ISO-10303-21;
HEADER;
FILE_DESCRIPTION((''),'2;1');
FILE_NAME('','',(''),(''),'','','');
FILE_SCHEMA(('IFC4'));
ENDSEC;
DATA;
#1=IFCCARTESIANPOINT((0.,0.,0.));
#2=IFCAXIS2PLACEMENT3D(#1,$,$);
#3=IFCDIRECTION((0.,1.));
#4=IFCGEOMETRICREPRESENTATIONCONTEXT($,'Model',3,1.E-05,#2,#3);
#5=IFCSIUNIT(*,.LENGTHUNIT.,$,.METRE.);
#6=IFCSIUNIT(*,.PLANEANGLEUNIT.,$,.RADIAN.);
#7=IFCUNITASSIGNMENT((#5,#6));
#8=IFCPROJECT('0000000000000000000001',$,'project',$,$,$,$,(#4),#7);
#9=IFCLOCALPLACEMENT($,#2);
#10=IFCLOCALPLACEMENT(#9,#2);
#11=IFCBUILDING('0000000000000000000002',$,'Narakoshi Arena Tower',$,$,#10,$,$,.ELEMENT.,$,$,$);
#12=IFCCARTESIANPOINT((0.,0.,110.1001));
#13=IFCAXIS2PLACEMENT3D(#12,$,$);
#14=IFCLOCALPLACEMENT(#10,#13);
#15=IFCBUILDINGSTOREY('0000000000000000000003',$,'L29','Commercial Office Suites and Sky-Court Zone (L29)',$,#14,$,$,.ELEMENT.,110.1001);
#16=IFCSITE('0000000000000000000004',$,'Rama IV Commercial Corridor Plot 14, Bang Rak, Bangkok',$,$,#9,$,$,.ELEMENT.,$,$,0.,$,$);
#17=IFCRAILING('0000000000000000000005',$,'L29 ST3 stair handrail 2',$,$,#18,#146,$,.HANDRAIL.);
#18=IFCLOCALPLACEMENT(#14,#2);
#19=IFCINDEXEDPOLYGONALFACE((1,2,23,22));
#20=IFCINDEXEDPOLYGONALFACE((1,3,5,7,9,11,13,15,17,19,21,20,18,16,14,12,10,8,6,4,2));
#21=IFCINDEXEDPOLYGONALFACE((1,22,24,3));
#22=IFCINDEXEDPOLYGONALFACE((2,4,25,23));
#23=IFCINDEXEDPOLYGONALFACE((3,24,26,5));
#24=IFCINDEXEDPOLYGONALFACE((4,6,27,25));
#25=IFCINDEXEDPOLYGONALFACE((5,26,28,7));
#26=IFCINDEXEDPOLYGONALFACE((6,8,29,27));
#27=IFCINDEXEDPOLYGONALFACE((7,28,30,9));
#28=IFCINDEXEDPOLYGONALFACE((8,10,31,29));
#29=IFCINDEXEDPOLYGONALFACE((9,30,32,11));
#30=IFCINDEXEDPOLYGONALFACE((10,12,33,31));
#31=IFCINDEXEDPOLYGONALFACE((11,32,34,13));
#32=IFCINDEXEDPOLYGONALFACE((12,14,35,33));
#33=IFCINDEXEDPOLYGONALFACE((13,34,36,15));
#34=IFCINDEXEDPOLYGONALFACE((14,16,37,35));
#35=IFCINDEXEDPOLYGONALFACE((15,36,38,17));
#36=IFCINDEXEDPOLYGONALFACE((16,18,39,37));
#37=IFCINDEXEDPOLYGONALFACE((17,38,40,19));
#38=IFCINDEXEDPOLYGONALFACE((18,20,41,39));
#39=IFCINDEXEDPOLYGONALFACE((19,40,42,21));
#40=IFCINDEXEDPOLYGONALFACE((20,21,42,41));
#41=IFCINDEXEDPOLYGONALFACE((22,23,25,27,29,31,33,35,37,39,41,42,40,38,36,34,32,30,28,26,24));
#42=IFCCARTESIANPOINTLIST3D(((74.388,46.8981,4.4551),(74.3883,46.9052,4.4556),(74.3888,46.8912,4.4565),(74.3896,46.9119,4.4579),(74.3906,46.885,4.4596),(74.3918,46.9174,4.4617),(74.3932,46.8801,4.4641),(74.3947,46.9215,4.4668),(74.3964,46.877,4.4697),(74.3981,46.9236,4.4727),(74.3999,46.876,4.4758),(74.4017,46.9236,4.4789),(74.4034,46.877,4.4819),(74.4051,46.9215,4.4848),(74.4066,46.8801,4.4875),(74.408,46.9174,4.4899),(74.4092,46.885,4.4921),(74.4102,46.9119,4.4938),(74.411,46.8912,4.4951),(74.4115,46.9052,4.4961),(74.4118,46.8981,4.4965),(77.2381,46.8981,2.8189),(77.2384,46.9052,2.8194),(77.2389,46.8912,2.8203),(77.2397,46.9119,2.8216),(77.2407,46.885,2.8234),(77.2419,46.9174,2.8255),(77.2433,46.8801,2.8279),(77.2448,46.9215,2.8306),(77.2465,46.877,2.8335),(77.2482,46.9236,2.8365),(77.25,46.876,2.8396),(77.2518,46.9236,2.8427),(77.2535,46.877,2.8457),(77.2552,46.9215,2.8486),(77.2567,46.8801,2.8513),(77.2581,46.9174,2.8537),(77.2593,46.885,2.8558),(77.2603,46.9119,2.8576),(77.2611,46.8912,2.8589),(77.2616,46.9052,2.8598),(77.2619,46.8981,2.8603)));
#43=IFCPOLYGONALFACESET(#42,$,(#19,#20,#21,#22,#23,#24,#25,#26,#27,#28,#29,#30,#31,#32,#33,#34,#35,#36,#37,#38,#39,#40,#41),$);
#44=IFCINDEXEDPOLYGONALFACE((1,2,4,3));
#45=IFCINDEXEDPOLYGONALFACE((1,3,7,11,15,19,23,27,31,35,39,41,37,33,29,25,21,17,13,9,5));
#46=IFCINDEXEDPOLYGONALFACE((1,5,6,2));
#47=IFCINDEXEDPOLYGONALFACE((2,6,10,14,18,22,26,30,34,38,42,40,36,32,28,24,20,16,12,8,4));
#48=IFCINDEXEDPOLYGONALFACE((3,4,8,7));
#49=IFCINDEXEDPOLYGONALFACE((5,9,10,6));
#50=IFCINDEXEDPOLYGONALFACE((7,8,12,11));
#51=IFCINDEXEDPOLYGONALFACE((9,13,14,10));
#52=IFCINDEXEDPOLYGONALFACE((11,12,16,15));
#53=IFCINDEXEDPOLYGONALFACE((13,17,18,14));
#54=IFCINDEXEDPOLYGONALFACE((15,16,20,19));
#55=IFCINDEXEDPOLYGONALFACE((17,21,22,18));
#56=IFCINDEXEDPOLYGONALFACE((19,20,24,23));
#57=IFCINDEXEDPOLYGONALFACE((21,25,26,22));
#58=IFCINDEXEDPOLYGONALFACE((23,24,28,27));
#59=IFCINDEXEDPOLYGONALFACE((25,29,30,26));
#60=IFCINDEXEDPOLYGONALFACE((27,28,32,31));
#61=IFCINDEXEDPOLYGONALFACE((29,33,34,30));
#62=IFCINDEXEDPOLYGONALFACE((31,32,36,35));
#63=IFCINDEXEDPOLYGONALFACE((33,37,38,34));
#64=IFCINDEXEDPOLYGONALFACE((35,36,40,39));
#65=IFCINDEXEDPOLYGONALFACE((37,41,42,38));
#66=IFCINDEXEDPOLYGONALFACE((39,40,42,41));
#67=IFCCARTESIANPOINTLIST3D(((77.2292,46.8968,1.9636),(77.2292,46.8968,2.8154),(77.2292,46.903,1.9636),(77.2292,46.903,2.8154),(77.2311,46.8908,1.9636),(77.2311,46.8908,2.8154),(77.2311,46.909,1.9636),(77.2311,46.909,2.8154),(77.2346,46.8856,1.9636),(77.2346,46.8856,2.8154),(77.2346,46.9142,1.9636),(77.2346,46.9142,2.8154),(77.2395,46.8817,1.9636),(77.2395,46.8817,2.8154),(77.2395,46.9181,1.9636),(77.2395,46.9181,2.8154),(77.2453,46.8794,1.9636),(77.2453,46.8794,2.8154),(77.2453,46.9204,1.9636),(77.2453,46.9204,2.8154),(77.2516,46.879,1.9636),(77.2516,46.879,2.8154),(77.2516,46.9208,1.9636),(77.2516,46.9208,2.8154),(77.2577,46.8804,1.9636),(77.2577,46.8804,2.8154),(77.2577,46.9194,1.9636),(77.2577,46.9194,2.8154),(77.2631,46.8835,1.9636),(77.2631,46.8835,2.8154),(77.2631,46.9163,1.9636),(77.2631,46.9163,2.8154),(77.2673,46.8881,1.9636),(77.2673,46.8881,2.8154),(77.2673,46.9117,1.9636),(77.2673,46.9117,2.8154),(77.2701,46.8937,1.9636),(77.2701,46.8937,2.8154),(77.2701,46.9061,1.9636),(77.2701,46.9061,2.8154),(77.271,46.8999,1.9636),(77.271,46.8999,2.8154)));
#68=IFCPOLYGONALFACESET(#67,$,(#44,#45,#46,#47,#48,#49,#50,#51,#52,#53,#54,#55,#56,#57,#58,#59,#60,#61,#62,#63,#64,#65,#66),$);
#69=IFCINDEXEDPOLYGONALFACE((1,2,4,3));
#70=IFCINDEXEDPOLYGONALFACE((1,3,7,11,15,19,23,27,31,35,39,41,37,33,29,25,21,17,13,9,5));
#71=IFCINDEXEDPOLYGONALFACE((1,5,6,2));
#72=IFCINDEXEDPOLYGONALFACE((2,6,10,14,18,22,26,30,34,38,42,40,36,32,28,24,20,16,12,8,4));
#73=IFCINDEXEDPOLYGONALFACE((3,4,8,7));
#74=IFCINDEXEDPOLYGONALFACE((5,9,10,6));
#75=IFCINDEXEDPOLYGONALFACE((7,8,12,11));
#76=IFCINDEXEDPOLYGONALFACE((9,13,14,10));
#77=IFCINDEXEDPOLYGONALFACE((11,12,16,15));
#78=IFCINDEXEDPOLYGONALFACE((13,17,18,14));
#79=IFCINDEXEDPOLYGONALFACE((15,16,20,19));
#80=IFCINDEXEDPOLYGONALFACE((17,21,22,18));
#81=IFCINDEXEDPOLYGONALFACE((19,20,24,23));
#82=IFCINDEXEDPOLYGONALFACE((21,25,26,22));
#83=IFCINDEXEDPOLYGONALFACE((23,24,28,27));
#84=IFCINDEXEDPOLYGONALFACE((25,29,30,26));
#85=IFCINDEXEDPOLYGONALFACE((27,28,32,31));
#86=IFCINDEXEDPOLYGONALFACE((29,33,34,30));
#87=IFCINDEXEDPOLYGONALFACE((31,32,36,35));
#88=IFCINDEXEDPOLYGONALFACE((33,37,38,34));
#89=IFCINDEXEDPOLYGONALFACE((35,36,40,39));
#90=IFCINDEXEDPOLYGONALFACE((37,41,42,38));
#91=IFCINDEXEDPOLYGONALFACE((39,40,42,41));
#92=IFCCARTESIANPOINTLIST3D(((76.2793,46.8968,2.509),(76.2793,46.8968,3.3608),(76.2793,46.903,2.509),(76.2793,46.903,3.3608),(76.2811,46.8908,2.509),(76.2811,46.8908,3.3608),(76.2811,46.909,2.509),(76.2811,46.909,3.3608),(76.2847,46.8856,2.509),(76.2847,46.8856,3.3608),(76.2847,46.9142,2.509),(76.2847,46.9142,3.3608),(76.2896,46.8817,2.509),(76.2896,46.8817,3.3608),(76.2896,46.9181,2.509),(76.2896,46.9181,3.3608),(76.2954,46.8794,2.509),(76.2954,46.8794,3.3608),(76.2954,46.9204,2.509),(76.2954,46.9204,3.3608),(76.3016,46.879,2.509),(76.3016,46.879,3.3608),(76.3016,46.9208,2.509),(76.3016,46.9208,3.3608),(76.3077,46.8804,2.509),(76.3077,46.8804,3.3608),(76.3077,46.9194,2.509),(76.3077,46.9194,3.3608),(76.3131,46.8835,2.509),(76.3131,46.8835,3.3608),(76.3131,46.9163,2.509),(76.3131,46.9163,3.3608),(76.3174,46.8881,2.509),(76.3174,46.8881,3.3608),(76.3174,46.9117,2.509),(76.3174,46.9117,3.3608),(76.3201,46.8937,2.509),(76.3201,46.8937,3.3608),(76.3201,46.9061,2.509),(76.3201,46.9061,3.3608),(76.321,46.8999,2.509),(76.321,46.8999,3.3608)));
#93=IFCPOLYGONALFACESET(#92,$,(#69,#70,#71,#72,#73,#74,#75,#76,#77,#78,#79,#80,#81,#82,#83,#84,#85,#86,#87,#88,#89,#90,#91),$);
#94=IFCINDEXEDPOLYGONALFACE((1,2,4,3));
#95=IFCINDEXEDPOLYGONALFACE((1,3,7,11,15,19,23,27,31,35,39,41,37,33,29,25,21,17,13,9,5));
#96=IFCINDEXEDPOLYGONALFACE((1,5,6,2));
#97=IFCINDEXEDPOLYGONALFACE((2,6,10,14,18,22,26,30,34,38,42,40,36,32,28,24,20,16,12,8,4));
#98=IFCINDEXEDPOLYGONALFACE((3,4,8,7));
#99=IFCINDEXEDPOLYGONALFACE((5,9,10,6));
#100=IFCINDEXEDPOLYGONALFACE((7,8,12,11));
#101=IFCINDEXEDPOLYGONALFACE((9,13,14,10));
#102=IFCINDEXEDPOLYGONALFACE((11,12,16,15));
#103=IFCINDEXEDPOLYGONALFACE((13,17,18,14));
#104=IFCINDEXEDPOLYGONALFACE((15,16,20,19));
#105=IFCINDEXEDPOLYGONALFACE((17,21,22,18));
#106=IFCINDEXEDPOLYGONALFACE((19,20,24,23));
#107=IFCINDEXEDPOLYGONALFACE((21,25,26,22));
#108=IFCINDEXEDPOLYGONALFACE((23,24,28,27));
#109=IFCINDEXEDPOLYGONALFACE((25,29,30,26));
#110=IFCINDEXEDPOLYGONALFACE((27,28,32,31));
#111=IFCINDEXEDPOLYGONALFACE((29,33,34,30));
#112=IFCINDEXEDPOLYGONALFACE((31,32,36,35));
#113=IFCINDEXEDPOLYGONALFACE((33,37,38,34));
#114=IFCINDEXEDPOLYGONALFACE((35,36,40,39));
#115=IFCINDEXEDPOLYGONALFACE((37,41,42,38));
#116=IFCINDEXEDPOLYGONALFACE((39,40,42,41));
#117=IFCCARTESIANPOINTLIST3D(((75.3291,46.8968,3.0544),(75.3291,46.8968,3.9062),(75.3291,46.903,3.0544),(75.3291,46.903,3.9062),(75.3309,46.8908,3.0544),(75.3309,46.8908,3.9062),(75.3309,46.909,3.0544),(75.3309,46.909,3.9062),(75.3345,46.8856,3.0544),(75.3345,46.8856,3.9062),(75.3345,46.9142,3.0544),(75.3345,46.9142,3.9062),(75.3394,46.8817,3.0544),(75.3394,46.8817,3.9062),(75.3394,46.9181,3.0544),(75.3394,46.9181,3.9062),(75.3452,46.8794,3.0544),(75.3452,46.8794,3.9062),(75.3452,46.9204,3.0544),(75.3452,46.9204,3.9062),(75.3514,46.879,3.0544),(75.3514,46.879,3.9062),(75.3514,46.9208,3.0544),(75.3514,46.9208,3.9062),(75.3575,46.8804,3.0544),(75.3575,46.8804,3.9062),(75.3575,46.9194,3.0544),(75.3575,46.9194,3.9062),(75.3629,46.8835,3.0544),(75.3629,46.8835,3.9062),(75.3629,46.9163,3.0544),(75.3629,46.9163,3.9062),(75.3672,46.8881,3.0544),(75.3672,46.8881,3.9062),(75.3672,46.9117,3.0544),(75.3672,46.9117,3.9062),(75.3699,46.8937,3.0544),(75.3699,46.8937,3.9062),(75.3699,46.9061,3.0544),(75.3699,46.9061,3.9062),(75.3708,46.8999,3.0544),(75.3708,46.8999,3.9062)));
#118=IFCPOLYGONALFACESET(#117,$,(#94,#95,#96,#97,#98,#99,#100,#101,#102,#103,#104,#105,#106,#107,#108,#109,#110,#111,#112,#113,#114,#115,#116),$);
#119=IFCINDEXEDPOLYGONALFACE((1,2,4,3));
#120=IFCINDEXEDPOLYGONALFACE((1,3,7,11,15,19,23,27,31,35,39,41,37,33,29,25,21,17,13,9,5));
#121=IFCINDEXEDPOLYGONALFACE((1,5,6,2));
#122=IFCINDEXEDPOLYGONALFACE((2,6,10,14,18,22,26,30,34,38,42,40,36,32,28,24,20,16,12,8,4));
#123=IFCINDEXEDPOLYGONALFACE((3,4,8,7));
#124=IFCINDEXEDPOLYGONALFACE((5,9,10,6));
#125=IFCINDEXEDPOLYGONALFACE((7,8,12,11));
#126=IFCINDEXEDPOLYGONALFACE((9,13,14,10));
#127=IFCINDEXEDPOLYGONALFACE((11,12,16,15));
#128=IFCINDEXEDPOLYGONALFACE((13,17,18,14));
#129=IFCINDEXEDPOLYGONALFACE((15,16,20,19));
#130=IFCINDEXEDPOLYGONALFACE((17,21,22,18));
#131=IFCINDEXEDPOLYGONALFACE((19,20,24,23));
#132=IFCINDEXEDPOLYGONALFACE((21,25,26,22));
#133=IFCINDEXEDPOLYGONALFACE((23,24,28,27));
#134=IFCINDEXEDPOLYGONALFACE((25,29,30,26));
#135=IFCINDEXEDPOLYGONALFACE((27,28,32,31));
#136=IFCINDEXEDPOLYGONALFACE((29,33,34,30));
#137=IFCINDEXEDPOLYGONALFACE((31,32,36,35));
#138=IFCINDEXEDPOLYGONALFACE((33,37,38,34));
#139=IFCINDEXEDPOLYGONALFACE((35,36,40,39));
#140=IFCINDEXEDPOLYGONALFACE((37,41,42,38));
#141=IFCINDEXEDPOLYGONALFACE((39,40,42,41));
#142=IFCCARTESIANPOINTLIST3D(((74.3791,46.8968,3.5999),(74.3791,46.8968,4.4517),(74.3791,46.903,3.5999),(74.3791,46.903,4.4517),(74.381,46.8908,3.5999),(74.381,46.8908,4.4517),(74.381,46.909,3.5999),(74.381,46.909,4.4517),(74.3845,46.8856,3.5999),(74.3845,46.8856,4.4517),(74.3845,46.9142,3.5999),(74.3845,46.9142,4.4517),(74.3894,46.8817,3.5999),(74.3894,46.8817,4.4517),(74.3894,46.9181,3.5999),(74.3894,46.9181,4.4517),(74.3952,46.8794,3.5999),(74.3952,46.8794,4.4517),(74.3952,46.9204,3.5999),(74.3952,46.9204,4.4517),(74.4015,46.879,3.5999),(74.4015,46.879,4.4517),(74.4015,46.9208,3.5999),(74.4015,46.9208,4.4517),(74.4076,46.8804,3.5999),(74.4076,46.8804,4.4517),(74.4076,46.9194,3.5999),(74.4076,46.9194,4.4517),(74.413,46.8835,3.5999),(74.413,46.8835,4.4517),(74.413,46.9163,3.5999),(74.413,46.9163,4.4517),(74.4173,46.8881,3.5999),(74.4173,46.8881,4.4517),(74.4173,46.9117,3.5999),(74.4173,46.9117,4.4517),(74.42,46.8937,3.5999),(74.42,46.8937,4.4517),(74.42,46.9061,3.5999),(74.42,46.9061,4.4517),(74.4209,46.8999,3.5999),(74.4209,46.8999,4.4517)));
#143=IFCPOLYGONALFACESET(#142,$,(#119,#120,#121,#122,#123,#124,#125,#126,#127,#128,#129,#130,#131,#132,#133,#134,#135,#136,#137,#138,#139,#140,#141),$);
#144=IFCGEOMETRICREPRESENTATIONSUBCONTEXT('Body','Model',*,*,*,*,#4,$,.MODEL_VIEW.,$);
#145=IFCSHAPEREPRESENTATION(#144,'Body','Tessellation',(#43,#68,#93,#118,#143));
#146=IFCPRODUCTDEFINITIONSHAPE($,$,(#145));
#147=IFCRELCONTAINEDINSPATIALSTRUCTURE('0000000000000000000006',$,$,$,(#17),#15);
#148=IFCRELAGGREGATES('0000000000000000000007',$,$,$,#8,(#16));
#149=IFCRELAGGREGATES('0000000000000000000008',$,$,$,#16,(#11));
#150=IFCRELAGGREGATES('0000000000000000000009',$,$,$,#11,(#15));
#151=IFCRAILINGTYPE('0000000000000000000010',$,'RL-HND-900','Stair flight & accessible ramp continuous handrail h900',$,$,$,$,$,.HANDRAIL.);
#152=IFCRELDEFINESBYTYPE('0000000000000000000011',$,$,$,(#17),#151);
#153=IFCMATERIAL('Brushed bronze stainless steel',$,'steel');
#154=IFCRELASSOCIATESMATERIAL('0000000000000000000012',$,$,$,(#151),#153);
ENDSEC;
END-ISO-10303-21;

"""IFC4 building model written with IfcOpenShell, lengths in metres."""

from ifc_helpers import new_model, si_unit, direction, frame, origin, origin_2d, place, context, subcontext, project, spatial, circle, extrude, material, type_object, element, save


model = new_model("IFC4")

# Units and contexts
model_context = context("Model", 3, precision=1e-05, world=origin(), true_north=direction((0.0, 1.0)))
body_context = subcontext(model_context, "Body", "Model", "MODEL_VIEW")
ifc_project = project(units=[si_unit("LENGTHUNIT", "METRE"), si_unit("PLANEANGLEUNIT", "RADIAN")], contexts=[model_context])

# Site, building, storey
site_placement = place(None, origin())
site = spatial("IfcSite", under=ifc_project, at=site_placement, Name="Rama IV Commercial Corridor Plot 14, Bang Rak, Bangkok", CompositionType="ELEMENT", RefElevation=0.0)
building_placement = place(site_placement, origin())
building = spatial("IfcBuilding", under=site, at=building_placement, Name="Narakoshi Arena Tower", CompositionType="ELEMENT")
storey_placement = place(building_placement, frame((0.0, 0.0, 110.1001)))
storey = spatial("IfcBuildingStorey", under=building, at=storey_placement, Name="L29", Description="Commercial Office Suites and Sky-Court Zone (L29)", CompositionType="ELEMENT", Elevation=110.1001)

# Shared definitions
ifc_material_1 = material(Name="Brushed bronze stainless steel", Category="steel")

# Railing
railing_type_1 = type_object("IfcRailingType", Name="RL-HND-900", Description="Stair flight & accessible ramp continuous handrail h900", PredefinedType="HANDRAIL", material=ifc_material_1)
railing_1_placement = place(storey_placement, frame((77.25, 46.8999, 1.9636)))
element("IfcRailing", 1, at=railing_1_placement, inside=storey, type_object=railing_type_1, Name="L29 ST3 stair handrail 2", PredefinedType="HANDRAIL", context=body_context, shape_type="SweptSolid", body=[
    extrude(circle(Radius=0.0239, at=origin_2d()), frame((0.0, 0.0, 0.876), z_axis=(-0.867245, 0.0, 0.497882), x_axis=(0.0, -1.0, 0.0)), (0.0, 0.0, 1.0), 3.2864),
    extrude(circle(Radius=0.021, at=origin_2d()), origin(), (0.0, 0.0, 1.0), 0.8518),
    extrude(circle(Radius=0.021, at=origin_2d()), frame((-0.95, 0.0, 0.5454)), (0.0, 0.0, 1.0), 0.8518),
    extrude(circle(Radius=0.021, at=origin_2d()), frame((-1.9001, 0.0, 1.0908)), (0.0, 0.0, 1.0), 0.8518),
    extrude(circle(Radius=0.021, at=origin_2d()), frame((-2.8501, 0.0, 1.6362)), (0.0, 0.0, 1.0), 0.8518),
])

save(model, "model.ifc")
